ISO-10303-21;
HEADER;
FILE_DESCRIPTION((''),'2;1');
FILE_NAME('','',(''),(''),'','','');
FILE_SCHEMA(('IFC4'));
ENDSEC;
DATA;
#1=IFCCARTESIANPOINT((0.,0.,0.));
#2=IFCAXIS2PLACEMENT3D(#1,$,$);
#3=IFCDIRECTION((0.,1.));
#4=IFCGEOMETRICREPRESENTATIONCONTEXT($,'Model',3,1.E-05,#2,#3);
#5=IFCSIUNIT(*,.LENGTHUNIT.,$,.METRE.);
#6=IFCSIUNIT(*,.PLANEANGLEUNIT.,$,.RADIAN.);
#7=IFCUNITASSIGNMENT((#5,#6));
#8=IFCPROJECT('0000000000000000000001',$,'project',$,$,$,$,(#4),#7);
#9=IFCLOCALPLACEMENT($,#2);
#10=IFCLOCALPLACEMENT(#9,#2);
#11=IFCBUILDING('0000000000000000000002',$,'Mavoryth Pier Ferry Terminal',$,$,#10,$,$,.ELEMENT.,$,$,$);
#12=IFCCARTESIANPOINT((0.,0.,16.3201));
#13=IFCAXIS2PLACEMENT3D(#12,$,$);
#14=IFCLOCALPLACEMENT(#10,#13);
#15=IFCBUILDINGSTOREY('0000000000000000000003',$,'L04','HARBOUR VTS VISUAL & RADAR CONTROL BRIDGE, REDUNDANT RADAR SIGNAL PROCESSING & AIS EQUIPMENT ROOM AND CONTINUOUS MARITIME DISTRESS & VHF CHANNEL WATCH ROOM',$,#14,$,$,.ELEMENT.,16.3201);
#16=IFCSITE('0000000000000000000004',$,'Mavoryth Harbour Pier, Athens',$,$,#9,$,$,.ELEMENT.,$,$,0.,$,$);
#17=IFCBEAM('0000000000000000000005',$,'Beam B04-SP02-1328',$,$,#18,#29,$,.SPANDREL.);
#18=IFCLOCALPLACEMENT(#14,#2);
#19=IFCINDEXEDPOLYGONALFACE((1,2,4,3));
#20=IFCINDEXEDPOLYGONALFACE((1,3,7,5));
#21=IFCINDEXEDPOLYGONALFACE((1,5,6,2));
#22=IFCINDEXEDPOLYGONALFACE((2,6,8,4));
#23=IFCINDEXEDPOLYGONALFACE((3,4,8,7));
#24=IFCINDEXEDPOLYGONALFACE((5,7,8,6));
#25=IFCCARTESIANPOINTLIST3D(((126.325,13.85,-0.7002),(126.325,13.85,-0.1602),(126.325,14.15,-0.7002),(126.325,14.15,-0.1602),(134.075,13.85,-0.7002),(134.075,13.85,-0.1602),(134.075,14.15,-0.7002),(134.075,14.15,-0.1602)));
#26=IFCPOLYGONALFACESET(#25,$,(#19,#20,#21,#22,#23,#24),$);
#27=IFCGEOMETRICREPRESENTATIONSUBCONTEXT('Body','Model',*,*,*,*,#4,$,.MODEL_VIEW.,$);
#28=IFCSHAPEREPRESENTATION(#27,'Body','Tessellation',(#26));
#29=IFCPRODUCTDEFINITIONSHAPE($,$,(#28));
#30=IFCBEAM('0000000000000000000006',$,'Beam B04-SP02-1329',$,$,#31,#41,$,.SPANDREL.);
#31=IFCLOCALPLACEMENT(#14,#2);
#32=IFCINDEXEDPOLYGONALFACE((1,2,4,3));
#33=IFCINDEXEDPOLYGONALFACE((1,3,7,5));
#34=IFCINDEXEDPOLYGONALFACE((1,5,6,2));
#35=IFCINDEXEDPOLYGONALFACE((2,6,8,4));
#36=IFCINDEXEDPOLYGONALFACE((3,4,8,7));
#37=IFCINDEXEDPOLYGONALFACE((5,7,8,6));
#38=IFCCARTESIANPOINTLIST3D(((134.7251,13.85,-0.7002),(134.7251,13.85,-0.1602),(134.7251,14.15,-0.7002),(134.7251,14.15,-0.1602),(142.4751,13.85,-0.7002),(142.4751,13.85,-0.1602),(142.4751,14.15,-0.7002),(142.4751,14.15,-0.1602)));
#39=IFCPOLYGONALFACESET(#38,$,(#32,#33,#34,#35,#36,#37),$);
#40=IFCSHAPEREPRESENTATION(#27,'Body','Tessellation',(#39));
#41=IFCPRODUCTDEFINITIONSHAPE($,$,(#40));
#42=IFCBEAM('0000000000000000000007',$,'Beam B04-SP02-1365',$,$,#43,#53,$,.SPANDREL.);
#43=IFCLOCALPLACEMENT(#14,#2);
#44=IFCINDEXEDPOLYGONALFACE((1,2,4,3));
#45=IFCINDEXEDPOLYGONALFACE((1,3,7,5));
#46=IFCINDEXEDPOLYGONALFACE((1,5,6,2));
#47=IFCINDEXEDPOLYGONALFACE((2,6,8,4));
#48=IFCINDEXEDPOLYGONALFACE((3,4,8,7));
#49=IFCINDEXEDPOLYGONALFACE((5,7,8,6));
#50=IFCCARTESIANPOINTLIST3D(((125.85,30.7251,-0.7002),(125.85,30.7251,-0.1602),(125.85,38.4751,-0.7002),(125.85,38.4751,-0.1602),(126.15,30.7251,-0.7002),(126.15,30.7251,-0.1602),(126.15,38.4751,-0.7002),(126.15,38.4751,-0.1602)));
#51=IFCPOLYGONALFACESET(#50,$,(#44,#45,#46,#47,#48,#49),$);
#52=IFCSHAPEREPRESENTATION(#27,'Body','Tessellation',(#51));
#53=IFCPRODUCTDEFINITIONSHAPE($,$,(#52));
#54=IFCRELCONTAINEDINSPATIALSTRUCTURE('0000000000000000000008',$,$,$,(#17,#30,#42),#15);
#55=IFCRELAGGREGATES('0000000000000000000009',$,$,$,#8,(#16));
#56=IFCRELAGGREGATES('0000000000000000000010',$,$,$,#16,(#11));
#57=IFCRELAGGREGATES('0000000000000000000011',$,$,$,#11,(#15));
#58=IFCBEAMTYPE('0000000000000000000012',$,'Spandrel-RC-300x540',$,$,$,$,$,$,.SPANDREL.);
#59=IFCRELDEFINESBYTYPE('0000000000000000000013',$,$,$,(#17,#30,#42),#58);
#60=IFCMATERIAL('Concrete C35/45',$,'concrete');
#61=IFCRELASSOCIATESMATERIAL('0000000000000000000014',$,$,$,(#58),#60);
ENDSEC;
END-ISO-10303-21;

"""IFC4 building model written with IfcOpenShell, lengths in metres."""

from ifc_helpers import new_model, si_unit, direction, frame, origin, origin_2d, place, context, subcontext, project, spatial, rectangle, extrude, material, material_profile, profile_set, type_object, element, save


model = new_model("IFC4")

# Units and contexts
model_context = context("Model", 3, precision=1e-05, world=origin(), true_north=direction((0.0, 1.0)))
body_context = subcontext(model_context, "Body", "Model", "MODEL_VIEW")
ifc_project = project(units=[si_unit("LENGTHUNIT", "METRE"), si_unit("PLANEANGLEUNIT", "RADIAN")], contexts=[model_context])

# Site, building, storey
site_placement = place(None, origin())
site = spatial("IfcSite", under=ifc_project, at=site_placement, Name="Mavoryth Harbour Pier, Athens", CompositionType="ELEMENT", RefElevation=0.0)
building_placement = place(site_placement, origin())
building = spatial("IfcBuilding", under=site, at=building_placement, Name="Mavoryth Pier Ferry Terminal", CompositionType="ELEMENT")
storey_placement = place(building_placement, frame((0.0, 0.0, 16.3201)))
storey = spatial("IfcBuildingStorey", under=building, at=storey_placement, Name="L04", Description="HARBOUR VTS VISUAL & RADAR CONTROL BRIDGE, REDUNDANT RADAR SIGNAL PROCESSING & AIS EQUIPMENT ROOM AND CONTINUOUS MARITIME DISTRESS & VHF CHANNEL WATCH ROOM", CompositionType="ELEMENT", Elevation=16.3201)

# Beams
ifc_material = material(Name="Concrete C35/45", Category="concrete")
ifc_material_profile_1 = material_profile(ifc_material, rectangle(XDim=0.3, YDim=0.54, at=origin_2d()), Name="RC 300x540", Category="concrete")
ifc_profile_set_1 = profile_set([ifc_material_profile_1], Name="Concrete C35/45 - RC 300x540")
beam_type_1 = type_object("IfcBeamType", Name="Spandrel-RC-300x540", PredefinedType="SPANDREL", material=ifc_profile_set_1)
for number, where, z_axis, x_axis, name in (
    (1, (126.325, 14.0, -0.4302), (1.0, 0.0, 0.0), (0.0, 1.0, 0.0), "Beam B04-SP02-1328"),
    (2, (134.7251, 14.0, -0.4302), (1.0, 0.0, 0.0), (0.0, 1.0, 0.0), "Beam B04-SP02-1329"),
    (3, (126.0, 30.7251, -0.4302), (0.0, 1.0, 0.0), (-1.0, 0.0, 0.0), "Beam B04-SP02-1365"),
):
    element("IfcBeam", number, at=place(storey_placement, frame(where, z_axis=z_axis, x_axis=x_axis)), inside=storey, type_object=beam_type_1, Name=name, PredefinedType="SPANDREL", context=body_context, shape_type="SweptSolid", body=[
        extrude(rectangle(XDim=0.3, YDim=0.54, at=origin_2d()), origin(), (0.0, 0.0, 1.0), 7.75),
    ])

save(model, "model.ifc")
